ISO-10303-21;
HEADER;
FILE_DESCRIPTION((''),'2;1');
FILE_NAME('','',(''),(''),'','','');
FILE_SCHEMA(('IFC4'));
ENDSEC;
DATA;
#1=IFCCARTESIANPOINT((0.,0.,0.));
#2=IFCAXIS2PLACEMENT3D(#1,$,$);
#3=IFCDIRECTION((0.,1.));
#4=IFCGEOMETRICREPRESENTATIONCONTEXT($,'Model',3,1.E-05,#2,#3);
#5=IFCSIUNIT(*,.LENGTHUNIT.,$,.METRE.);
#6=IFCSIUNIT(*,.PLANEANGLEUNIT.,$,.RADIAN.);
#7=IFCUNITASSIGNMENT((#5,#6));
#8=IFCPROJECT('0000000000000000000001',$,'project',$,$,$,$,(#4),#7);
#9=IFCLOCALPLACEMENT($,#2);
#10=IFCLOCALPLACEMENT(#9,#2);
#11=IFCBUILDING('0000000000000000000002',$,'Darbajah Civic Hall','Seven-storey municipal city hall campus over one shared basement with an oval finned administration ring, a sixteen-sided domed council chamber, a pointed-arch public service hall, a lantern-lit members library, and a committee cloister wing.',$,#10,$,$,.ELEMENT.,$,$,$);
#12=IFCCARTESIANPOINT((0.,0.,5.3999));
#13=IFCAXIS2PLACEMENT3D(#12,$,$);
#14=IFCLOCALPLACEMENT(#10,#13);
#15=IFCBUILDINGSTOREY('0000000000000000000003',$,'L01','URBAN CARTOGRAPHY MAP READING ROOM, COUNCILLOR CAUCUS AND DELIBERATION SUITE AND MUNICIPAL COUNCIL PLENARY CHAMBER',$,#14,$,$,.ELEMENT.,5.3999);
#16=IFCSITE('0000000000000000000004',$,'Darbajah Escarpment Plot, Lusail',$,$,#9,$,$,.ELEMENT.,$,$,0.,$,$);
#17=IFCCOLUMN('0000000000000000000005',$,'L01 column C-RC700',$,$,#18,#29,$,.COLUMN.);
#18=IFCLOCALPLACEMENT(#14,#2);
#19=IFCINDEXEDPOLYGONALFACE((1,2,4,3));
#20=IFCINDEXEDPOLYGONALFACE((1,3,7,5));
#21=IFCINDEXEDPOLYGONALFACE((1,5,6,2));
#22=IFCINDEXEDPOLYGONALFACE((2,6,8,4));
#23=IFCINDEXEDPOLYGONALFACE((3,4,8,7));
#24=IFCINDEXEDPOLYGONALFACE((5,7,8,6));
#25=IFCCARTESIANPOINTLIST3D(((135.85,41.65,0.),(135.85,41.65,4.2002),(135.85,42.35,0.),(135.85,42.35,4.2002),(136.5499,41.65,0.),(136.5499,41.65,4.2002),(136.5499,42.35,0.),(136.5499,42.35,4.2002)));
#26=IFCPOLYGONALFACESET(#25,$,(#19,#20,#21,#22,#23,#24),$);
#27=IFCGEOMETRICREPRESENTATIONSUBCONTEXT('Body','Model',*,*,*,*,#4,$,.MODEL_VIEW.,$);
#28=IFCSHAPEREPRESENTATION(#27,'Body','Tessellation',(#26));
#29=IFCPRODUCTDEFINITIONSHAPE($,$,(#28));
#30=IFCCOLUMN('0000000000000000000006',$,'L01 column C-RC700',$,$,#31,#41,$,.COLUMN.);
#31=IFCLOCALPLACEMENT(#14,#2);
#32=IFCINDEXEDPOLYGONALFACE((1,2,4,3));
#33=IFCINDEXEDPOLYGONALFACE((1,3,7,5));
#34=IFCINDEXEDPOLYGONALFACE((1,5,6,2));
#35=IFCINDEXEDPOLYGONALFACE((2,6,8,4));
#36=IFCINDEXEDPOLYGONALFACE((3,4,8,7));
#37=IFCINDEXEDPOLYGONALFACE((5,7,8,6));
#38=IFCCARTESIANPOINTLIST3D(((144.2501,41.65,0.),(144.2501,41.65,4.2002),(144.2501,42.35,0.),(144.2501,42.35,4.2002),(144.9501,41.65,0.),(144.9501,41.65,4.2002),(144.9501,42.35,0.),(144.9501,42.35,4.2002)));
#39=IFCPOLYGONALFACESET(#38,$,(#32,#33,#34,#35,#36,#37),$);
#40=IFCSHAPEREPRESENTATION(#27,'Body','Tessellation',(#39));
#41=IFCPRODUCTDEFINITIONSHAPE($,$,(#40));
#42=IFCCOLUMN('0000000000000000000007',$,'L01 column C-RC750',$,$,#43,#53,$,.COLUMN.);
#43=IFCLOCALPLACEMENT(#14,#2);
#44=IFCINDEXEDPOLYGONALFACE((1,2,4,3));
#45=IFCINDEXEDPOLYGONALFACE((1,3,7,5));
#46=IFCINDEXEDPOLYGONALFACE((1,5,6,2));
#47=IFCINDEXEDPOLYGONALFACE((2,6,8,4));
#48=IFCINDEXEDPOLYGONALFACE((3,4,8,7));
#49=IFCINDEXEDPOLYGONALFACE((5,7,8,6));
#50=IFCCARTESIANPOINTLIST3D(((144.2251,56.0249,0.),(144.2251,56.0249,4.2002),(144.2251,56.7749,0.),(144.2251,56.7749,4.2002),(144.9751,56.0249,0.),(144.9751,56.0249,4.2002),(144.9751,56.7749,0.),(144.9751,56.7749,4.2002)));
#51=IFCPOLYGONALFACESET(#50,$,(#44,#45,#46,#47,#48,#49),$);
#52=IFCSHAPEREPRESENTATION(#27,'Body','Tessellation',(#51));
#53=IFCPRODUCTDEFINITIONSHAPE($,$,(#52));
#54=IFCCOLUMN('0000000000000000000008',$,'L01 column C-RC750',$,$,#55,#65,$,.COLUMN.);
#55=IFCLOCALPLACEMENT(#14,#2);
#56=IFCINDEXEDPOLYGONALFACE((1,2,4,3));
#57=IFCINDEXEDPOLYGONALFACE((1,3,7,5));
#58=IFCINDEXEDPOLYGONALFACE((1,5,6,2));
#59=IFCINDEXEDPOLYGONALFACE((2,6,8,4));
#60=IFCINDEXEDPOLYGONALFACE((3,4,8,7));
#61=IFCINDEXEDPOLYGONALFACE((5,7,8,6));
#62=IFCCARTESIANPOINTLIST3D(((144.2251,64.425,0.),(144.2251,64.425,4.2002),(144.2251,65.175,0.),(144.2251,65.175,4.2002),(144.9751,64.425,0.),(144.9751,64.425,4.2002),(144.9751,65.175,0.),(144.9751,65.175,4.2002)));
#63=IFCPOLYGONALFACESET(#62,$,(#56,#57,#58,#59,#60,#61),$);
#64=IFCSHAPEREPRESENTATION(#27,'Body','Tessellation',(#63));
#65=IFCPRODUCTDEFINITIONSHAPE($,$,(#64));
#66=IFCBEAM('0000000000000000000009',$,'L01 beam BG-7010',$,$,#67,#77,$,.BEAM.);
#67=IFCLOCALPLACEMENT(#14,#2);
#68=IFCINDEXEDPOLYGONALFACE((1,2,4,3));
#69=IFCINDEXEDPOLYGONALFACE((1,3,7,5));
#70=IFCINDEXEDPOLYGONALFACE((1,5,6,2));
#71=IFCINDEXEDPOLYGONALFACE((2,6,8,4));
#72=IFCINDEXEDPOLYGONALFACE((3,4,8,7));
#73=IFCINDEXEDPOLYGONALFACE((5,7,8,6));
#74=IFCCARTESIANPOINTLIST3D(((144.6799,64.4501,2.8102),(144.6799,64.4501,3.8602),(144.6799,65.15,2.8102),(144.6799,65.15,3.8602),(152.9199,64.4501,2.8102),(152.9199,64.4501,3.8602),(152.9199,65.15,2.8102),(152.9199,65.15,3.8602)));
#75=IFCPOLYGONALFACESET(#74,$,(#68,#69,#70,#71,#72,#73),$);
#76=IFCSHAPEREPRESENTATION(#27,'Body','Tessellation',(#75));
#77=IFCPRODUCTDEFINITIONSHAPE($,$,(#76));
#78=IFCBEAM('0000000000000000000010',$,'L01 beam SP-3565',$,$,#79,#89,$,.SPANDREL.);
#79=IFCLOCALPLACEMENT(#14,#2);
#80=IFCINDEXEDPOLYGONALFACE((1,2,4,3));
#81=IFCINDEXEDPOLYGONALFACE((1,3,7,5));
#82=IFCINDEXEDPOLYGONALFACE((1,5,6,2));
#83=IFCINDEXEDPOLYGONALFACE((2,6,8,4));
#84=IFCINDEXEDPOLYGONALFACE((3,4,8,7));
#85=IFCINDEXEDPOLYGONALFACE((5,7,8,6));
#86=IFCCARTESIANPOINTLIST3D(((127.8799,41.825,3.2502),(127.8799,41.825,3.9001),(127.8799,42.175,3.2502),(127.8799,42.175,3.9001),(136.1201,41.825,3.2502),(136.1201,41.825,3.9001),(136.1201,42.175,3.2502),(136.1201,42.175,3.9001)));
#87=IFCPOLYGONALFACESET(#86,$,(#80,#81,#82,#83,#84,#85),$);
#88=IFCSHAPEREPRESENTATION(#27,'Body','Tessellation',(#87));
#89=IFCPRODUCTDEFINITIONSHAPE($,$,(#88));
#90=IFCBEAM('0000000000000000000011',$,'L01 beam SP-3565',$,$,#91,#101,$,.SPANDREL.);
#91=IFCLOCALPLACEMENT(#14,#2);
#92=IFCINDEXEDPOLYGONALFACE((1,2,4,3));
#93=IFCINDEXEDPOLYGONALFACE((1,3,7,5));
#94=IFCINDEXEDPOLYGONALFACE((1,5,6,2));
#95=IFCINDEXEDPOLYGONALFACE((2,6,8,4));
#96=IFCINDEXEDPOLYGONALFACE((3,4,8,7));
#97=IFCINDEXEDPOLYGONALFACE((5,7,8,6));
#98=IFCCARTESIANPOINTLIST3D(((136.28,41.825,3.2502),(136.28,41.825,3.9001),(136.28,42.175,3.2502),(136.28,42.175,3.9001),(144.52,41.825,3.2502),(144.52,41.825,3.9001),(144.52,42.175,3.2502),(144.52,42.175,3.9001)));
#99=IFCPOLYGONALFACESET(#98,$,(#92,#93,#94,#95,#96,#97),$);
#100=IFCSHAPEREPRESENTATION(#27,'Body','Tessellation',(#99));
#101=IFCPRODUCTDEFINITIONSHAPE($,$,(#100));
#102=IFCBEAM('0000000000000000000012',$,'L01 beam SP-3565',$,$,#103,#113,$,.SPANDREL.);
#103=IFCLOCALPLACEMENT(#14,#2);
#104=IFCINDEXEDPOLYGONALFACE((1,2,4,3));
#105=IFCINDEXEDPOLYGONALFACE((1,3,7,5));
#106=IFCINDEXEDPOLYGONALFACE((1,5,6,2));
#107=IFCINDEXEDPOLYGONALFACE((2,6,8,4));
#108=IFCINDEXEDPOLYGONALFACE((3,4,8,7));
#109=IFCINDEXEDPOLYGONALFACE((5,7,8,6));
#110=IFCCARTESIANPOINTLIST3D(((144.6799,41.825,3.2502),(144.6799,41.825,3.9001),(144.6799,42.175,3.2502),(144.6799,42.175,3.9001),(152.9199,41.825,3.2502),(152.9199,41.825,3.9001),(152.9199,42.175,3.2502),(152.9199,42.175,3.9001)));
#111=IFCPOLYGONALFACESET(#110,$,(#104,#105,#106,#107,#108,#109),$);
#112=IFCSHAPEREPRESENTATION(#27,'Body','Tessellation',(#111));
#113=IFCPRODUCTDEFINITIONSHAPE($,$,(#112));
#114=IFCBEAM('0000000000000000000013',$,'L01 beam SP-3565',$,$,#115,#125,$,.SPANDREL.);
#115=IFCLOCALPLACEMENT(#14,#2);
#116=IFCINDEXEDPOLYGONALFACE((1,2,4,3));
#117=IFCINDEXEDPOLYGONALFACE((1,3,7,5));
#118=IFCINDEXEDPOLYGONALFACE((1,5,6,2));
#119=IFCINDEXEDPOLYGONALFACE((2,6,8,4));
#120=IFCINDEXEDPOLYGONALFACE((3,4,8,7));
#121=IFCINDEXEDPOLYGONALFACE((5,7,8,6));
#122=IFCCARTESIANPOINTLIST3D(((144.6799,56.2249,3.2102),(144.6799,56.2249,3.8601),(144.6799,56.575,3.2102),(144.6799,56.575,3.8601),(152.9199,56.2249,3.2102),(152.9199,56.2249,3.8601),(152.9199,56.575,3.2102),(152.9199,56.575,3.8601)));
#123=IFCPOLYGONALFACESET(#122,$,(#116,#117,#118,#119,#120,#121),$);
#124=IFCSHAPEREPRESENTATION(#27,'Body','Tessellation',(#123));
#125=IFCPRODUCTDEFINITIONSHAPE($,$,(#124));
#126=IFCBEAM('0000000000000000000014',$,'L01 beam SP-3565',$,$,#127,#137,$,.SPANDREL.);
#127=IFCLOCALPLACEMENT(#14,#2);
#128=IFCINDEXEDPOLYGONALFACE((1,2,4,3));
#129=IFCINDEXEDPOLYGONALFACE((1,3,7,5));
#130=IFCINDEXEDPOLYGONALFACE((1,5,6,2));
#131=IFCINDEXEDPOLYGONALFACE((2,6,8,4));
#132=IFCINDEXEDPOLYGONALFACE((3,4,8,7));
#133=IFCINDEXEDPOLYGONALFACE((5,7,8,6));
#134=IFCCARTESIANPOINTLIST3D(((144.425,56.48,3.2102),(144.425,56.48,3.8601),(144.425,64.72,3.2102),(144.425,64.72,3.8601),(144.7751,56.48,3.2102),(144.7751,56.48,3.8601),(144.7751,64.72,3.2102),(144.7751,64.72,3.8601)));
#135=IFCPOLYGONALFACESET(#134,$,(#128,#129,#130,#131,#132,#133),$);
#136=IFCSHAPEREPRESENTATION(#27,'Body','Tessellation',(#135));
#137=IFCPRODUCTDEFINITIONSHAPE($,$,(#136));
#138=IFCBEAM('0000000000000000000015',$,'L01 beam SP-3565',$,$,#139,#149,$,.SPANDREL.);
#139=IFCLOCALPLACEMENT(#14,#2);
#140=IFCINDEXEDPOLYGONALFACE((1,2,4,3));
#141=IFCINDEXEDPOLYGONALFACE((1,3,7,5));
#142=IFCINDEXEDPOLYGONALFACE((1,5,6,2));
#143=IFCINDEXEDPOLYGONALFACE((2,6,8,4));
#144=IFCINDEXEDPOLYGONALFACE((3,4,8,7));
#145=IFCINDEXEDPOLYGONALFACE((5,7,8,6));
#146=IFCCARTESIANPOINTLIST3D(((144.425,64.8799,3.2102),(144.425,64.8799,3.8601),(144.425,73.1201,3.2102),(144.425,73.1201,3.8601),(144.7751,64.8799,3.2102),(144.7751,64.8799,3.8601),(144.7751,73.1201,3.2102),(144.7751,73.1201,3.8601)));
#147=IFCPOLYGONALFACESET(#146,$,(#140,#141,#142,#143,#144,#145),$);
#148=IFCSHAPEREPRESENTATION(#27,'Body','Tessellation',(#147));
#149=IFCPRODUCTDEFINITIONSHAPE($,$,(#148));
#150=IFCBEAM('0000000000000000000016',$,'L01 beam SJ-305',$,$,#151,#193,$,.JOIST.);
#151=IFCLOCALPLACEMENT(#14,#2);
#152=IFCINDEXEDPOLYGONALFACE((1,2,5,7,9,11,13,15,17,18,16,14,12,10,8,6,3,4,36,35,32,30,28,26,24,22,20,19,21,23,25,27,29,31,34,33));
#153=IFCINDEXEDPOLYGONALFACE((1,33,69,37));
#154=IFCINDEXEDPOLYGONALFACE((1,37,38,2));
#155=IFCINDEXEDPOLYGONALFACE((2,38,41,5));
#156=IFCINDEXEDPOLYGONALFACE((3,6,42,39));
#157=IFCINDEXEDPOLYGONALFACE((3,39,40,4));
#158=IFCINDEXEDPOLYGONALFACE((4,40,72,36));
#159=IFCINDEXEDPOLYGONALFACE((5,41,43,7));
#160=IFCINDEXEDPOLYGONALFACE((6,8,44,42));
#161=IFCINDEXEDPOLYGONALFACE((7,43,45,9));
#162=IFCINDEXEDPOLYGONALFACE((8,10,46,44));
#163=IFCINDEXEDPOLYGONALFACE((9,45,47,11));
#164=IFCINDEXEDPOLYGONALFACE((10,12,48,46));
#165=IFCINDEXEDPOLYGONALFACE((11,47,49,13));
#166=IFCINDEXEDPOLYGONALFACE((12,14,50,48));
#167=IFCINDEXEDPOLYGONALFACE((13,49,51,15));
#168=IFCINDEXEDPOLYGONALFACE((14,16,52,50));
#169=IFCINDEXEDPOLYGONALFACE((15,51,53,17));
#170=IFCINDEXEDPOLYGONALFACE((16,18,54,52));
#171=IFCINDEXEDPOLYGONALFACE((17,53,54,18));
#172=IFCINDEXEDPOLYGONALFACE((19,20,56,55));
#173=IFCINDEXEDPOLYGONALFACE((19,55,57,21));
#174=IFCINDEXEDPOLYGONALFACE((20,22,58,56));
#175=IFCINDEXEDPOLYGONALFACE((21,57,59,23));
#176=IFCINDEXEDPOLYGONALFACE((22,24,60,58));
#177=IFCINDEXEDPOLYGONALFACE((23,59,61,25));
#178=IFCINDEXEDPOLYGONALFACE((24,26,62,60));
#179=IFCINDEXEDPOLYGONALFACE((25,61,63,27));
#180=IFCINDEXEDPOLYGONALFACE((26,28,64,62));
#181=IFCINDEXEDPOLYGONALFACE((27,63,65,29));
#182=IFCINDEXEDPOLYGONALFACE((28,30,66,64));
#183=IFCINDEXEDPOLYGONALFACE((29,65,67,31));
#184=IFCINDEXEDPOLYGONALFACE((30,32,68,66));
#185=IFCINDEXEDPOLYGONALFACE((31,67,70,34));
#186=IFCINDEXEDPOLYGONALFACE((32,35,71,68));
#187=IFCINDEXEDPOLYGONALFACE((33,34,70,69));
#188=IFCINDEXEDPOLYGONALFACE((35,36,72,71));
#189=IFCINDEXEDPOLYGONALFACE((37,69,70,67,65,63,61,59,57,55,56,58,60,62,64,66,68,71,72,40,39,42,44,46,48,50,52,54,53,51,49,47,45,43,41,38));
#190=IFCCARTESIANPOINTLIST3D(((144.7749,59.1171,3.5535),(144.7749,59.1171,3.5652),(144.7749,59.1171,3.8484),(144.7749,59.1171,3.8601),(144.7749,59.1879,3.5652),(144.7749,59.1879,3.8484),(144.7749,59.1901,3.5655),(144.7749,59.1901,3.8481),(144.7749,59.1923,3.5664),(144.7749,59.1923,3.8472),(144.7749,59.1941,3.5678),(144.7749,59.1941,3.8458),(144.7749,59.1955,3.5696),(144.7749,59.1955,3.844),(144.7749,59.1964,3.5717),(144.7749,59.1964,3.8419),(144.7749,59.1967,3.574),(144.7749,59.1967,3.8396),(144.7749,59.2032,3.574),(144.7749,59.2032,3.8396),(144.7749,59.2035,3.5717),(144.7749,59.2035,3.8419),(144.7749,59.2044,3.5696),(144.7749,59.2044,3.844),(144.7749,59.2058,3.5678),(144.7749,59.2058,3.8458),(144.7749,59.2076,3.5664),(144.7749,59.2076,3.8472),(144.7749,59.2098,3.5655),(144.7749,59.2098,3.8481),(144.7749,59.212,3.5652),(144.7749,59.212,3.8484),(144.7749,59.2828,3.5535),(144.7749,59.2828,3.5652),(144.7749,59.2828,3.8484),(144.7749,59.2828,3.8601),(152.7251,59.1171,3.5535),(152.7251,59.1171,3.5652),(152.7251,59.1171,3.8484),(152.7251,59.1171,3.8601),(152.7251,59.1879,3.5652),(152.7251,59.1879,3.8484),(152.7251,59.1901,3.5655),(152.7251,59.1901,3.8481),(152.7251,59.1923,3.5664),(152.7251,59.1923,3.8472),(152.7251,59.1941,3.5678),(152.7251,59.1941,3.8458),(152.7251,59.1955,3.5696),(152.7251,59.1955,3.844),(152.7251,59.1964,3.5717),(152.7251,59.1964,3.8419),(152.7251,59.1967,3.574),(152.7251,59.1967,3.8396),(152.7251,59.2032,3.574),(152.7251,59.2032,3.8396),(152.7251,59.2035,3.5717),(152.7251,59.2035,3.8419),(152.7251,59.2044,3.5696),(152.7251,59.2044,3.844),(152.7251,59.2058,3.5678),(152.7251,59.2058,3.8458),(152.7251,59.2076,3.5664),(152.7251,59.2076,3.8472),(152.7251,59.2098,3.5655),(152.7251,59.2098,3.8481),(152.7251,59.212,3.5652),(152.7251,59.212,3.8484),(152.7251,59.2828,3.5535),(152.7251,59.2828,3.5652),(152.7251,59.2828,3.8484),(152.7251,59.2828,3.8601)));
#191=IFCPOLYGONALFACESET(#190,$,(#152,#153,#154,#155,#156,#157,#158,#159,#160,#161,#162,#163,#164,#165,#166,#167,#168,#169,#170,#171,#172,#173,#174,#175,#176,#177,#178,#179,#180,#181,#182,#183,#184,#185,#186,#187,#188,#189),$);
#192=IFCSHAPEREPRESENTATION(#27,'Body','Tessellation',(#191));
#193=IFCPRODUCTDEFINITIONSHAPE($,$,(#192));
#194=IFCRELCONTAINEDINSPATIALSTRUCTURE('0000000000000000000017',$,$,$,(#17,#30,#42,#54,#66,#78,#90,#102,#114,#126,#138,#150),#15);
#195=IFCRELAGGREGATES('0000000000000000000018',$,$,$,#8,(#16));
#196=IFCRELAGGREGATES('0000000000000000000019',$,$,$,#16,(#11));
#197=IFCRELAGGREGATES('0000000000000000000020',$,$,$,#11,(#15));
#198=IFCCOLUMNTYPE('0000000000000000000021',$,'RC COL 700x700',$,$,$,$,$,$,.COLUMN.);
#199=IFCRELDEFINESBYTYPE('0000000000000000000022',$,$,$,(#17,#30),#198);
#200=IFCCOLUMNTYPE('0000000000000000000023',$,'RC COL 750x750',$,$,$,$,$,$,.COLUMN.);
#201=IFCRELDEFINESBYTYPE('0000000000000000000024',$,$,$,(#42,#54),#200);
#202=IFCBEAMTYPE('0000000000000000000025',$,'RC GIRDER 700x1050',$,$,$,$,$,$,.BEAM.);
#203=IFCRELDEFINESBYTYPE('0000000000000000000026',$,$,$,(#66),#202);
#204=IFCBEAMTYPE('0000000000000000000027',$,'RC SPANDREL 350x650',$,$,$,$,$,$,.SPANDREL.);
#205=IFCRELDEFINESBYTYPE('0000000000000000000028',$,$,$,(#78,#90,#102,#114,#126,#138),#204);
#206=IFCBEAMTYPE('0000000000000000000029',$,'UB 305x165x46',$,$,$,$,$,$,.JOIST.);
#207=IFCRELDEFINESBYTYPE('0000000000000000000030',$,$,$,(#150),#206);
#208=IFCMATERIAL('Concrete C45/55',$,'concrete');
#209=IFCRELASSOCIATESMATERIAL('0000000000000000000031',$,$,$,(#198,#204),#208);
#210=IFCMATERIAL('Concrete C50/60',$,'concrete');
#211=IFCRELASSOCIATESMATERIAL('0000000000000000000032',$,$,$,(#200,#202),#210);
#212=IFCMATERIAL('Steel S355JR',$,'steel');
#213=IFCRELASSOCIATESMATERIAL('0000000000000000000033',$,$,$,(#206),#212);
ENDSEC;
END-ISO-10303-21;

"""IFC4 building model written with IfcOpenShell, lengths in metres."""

from ifc_helpers import new_model, si_unit, direction, frame, origin, origin_2d, place, context, subcontext, project, spatial, rectangle, i_section, extrude, material, material_profile, profile_set, type_object, element, save


model = new_model("IFC4")

# Units and contexts
model_context = context("Model", 3, precision=1e-05, world=origin(), true_north=direction((0.0, 1.0)))
body_context = subcontext(model_context, "Body", "Model", "MODEL_VIEW")
ifc_project = project(units=[si_unit("LENGTHUNIT", "METRE"), si_unit("PLANEANGLEUNIT", "RADIAN")], contexts=[model_context])

# Site, building, storey
site_placement = place(None, origin())
site = spatial("IfcSite", under=ifc_project, at=site_placement, Name="Darbajah Escarpment Plot, Lusail", CompositionType="ELEMENT", RefElevation=0.0)
building_placement = place(site_placement, origin())
building = spatial("IfcBuilding", under=site, at=building_placement, Name="Darbajah Civic Hall", Description="Seven-storey municipal city hall campus over one shared basement with an oval finned administration ring, a sixteen-sided domed council chamber, a pointed-arch public service hall, a lantern-lit members library, and a committee cloister wing.", CompositionType="ELEMENT")
storey_placement = place(building_placement, frame((0.0, 0.0, 5.3999)))
storey = spatial("IfcBuildingStorey", under=building, at=storey_placement, Name="L01", Description="URBAN CARTOGRAPHY MAP READING ROOM, COUNCILLOR CAUCUS AND DELIBERATION SUITE AND MUNICIPAL COUNCIL PLENARY CHAMBER", CompositionType="ELEMENT", Elevation=5.3999)

# Columns
ifc_material_1 = material(Name="Concrete C45/55", Category="concrete")
ifc_material_profile_1 = material_profile(ifc_material_1, rectangle(XDim=0.7, YDim=0.7, at=origin_2d()), Name="RC COL 700x700")
ifc_profile_set_1 = profile_set([ifc_material_profile_1], Name="Concrete C45/55")
column_type_1 = type_object("IfcColumnType", Name="RC COL 700x700", PredefinedType="COLUMN", material=ifc_profile_set_1)
for number, where, z_axis, x_axis, name in (
    (1, (136.2, 42.0, 0.0), (0.0, 0.0, 1.0), (1.0, 0.0, 0.0), "L01 column C-RC700"),
    (2, (144.6001, 42.0, 0.0), (0.0, 0.0, 1.0), (1.0, 0.0, 0.0), "L01 column C-RC700"),
):
    element("IfcColumn", number, at=place(storey_placement, frame(where, z_axis=z_axis, x_axis=x_axis)), inside=storey, type_object=column_type_1, Name=name, PredefinedType="COLUMN", context=body_context, shape_type="SweptSolid", body=[
        extrude(rectangle(XDim=0.7, YDim=0.7, at=origin_2d()), origin(), (0.0, 0.0, 1.0), 4.2002),
    ])
ifc_material_2 = material(Name="Concrete C50/60", Category="concrete")
ifc_material_profile_2 = material_profile(ifc_material_2, rectangle(XDim=0.75, YDim=0.75, at=origin_2d()), Name="RC COL 750x750")
ifc_profile_set_2 = profile_set([ifc_material_profile_2], Name="Concrete C50/60")
column_type_2 = type_object("IfcColumnType", Name="RC COL 750x750", PredefinedType="COLUMN", material=ifc_profile_set_2)
for number, where, z_axis, x_axis, name in (
    (3, (144.6001, 56.3999, 0.0), (0.0, 0.0, 1.0), (1.0, 0.0, 0.0), "L01 column C-RC750"),
    (4, (144.6001, 64.8, 0.0), (0.0, 0.0, 1.0), (1.0, 0.0, 0.0), "L01 column C-RC750"),
):
    element("IfcColumn", number, at=place(storey_placement, frame(where, z_axis=z_axis, x_axis=x_axis)), inside=storey, type_object=column_type_2, Name=name, PredefinedType="COLUMN", context=body_context, shape_type="SweptSolid", body=[
        extrude(rectangle(XDim=0.75, YDim=0.75, at=origin_2d()), origin(), (0.0, 0.0, 1.0), 4.2002),
    ])

# Beams
ifc_material_profile_3 = material_profile(ifc_material_2, rectangle(XDim=0.7, YDim=1.05, at=origin_2d()), Name="RC GIRDER 700x1050")
ifc_profile_set_3 = profile_set([ifc_material_profile_3], Name="Concrete C50/60")
beam_type_1 = type_object("IfcBeamType", Name="RC GIRDER 700x1050", PredefinedType="BEAM", material=ifc_profile_set_3)
beam_1_placement = place(storey_placement, frame((144.6799, 64.8, 3.3352), z_axis=(1.0, 0.0, 0.0), x_axis=(0.0, 1.0, 0.0)))
element("IfcBeam", 5, at=beam_1_placement, inside=storey, type_object=beam_type_1, Name="L01 beam BG-7010", PredefinedType="BEAM", context=body_context, shape_type="SweptSolid", body=[
    extrude(rectangle(XDim=0.7, YDim=1.05, at=origin_2d()), origin(), (0.0, 0.0, 1.0), 8.24),
])
ifc_material_profile_4 = material_profile(ifc_material_1, rectangle(XDim=0.3501, YDim=0.6499, at=origin_2d()), Name="RC SPANDREL 350x650")
ifc_profile_set_4 = profile_set([ifc_material_profile_4], Name="Concrete C45/55")
beam_type_2 = type_object("IfcBeamType", Name="RC SPANDREL 350x650", PredefinedType="SPANDREL", material=ifc_profile_set_4)
beam_2_placement = place(storey_placement, frame((127.8799, 42.0, 3.5752), z_axis=(1.0, 0.0, 0.0), x_axis=(0.0, 1.0, 0.0)))
element("IfcBeam", 6, at=beam_2_placement, inside=storey, type_object=beam_type_2, Name="L01 beam SP-3565", PredefinedType="SPANDREL", context=body_context, shape_type="SweptSolid", body=[
    extrude(rectangle(XDim=0.3501, YDim=0.6499, at=origin_2d()), origin(), (0.0, 0.0, 1.0), 8.2402),
])
for number, where, z_axis, x_axis, name in (
    (7, (136.28, 42.0, 3.5752), (1.0, 0.0, 0.0), (0.0, 1.0, 0.0), "L01 beam SP-3565"),
    (8, (144.6799, 42.0, 3.5752), (1.0, 0.0, 0.0), (0.0, 1.0, 0.0), "L01 beam SP-3565"),
    (9, (144.6799, 56.3999, 3.5352), (1.0, 0.0, 0.0), (0.0, 1.0, 0.0), "L01 beam SP-3565"),
    (10, (144.6001, 56.48, 3.5352), (0.0, 1.0, 0.0), (-1.0, 0.0, 0.0), "L01 beam SP-3565"),
):
    element("IfcBeam", number, at=place(storey_placement, frame(where, z_axis=z_axis, x_axis=x_axis)), inside=storey, type_object=beam_type_2, Name=name, PredefinedType="SPANDREL", context=body_context, shape_type="SweptSolid", body=[
        extrude(rectangle(XDim=0.3501, YDim=0.6499, at=origin_2d()), origin(), (0.0, 0.0, 1.0), 8.24),
    ])
beam_3_placement = place(storey_placement, frame((144.6001, 64.8799, 3.5352), z_axis=(0.0, 1.0, 0.0), x_axis=(-1.0, 0.0, 0.0)))
element("IfcBeam", 11, at=beam_3_placement, inside=storey, type_object=beam_type_2, Name="L01 beam SP-3565", PredefinedType="SPANDREL", context=body_context, shape_type="SweptSolid", body=[
    extrude(rectangle(XDim=0.3501, YDim=0.6499, at=origin_2d()), origin(), (0.0, 0.0, 1.0), 8.2402),
])
ifc_material_3 = material(Name="Steel S355JR", Category="steel")
ifc_material_profile_5 = material_profile(ifc_material_3, i_section(OverallWidth=0.1658, OverallDepth=0.3066, WebThickness=0.0066, FlangeThickness=0.0117, FilletRadius=0.0088, at=origin_2d()), Name="UB 305x165x46")
ifc_profile_set_5 = profile_set([ifc_material_profile_5], Name="Steel S355JR")
beam_type_3 = type_object("IfcBeamType", Name="UB 305x165x46", PredefinedType="JOIST", material=ifc_profile_set_5)
for number, where, z_axis, x_axis, name in (
    (12, (144.7749, 59.2, 3.7068), (1.0, 0.0, 0.0), (0.0, 1.0, 0.0), "L01 beam SJ-305"),
):
    element("IfcBeam", number, at=place(storey_placement, frame(where, z_axis=z_axis, x_axis=x_axis)), inside=storey, type_object=beam_type_3, Name=name, PredefinedType="JOIST", context=body_context, shape_type="SweptSolid", body=[
        extrude(i_section(OverallWidth=0.1658, OverallDepth=0.3066, WebThickness=0.0066, FlangeThickness=0.0117, FilletRadius=0.0088, at=origin_2d()), origin(), (0.0, 0.0, 1.0), 7.9502),
    ])

save(model, "model.ifc")
